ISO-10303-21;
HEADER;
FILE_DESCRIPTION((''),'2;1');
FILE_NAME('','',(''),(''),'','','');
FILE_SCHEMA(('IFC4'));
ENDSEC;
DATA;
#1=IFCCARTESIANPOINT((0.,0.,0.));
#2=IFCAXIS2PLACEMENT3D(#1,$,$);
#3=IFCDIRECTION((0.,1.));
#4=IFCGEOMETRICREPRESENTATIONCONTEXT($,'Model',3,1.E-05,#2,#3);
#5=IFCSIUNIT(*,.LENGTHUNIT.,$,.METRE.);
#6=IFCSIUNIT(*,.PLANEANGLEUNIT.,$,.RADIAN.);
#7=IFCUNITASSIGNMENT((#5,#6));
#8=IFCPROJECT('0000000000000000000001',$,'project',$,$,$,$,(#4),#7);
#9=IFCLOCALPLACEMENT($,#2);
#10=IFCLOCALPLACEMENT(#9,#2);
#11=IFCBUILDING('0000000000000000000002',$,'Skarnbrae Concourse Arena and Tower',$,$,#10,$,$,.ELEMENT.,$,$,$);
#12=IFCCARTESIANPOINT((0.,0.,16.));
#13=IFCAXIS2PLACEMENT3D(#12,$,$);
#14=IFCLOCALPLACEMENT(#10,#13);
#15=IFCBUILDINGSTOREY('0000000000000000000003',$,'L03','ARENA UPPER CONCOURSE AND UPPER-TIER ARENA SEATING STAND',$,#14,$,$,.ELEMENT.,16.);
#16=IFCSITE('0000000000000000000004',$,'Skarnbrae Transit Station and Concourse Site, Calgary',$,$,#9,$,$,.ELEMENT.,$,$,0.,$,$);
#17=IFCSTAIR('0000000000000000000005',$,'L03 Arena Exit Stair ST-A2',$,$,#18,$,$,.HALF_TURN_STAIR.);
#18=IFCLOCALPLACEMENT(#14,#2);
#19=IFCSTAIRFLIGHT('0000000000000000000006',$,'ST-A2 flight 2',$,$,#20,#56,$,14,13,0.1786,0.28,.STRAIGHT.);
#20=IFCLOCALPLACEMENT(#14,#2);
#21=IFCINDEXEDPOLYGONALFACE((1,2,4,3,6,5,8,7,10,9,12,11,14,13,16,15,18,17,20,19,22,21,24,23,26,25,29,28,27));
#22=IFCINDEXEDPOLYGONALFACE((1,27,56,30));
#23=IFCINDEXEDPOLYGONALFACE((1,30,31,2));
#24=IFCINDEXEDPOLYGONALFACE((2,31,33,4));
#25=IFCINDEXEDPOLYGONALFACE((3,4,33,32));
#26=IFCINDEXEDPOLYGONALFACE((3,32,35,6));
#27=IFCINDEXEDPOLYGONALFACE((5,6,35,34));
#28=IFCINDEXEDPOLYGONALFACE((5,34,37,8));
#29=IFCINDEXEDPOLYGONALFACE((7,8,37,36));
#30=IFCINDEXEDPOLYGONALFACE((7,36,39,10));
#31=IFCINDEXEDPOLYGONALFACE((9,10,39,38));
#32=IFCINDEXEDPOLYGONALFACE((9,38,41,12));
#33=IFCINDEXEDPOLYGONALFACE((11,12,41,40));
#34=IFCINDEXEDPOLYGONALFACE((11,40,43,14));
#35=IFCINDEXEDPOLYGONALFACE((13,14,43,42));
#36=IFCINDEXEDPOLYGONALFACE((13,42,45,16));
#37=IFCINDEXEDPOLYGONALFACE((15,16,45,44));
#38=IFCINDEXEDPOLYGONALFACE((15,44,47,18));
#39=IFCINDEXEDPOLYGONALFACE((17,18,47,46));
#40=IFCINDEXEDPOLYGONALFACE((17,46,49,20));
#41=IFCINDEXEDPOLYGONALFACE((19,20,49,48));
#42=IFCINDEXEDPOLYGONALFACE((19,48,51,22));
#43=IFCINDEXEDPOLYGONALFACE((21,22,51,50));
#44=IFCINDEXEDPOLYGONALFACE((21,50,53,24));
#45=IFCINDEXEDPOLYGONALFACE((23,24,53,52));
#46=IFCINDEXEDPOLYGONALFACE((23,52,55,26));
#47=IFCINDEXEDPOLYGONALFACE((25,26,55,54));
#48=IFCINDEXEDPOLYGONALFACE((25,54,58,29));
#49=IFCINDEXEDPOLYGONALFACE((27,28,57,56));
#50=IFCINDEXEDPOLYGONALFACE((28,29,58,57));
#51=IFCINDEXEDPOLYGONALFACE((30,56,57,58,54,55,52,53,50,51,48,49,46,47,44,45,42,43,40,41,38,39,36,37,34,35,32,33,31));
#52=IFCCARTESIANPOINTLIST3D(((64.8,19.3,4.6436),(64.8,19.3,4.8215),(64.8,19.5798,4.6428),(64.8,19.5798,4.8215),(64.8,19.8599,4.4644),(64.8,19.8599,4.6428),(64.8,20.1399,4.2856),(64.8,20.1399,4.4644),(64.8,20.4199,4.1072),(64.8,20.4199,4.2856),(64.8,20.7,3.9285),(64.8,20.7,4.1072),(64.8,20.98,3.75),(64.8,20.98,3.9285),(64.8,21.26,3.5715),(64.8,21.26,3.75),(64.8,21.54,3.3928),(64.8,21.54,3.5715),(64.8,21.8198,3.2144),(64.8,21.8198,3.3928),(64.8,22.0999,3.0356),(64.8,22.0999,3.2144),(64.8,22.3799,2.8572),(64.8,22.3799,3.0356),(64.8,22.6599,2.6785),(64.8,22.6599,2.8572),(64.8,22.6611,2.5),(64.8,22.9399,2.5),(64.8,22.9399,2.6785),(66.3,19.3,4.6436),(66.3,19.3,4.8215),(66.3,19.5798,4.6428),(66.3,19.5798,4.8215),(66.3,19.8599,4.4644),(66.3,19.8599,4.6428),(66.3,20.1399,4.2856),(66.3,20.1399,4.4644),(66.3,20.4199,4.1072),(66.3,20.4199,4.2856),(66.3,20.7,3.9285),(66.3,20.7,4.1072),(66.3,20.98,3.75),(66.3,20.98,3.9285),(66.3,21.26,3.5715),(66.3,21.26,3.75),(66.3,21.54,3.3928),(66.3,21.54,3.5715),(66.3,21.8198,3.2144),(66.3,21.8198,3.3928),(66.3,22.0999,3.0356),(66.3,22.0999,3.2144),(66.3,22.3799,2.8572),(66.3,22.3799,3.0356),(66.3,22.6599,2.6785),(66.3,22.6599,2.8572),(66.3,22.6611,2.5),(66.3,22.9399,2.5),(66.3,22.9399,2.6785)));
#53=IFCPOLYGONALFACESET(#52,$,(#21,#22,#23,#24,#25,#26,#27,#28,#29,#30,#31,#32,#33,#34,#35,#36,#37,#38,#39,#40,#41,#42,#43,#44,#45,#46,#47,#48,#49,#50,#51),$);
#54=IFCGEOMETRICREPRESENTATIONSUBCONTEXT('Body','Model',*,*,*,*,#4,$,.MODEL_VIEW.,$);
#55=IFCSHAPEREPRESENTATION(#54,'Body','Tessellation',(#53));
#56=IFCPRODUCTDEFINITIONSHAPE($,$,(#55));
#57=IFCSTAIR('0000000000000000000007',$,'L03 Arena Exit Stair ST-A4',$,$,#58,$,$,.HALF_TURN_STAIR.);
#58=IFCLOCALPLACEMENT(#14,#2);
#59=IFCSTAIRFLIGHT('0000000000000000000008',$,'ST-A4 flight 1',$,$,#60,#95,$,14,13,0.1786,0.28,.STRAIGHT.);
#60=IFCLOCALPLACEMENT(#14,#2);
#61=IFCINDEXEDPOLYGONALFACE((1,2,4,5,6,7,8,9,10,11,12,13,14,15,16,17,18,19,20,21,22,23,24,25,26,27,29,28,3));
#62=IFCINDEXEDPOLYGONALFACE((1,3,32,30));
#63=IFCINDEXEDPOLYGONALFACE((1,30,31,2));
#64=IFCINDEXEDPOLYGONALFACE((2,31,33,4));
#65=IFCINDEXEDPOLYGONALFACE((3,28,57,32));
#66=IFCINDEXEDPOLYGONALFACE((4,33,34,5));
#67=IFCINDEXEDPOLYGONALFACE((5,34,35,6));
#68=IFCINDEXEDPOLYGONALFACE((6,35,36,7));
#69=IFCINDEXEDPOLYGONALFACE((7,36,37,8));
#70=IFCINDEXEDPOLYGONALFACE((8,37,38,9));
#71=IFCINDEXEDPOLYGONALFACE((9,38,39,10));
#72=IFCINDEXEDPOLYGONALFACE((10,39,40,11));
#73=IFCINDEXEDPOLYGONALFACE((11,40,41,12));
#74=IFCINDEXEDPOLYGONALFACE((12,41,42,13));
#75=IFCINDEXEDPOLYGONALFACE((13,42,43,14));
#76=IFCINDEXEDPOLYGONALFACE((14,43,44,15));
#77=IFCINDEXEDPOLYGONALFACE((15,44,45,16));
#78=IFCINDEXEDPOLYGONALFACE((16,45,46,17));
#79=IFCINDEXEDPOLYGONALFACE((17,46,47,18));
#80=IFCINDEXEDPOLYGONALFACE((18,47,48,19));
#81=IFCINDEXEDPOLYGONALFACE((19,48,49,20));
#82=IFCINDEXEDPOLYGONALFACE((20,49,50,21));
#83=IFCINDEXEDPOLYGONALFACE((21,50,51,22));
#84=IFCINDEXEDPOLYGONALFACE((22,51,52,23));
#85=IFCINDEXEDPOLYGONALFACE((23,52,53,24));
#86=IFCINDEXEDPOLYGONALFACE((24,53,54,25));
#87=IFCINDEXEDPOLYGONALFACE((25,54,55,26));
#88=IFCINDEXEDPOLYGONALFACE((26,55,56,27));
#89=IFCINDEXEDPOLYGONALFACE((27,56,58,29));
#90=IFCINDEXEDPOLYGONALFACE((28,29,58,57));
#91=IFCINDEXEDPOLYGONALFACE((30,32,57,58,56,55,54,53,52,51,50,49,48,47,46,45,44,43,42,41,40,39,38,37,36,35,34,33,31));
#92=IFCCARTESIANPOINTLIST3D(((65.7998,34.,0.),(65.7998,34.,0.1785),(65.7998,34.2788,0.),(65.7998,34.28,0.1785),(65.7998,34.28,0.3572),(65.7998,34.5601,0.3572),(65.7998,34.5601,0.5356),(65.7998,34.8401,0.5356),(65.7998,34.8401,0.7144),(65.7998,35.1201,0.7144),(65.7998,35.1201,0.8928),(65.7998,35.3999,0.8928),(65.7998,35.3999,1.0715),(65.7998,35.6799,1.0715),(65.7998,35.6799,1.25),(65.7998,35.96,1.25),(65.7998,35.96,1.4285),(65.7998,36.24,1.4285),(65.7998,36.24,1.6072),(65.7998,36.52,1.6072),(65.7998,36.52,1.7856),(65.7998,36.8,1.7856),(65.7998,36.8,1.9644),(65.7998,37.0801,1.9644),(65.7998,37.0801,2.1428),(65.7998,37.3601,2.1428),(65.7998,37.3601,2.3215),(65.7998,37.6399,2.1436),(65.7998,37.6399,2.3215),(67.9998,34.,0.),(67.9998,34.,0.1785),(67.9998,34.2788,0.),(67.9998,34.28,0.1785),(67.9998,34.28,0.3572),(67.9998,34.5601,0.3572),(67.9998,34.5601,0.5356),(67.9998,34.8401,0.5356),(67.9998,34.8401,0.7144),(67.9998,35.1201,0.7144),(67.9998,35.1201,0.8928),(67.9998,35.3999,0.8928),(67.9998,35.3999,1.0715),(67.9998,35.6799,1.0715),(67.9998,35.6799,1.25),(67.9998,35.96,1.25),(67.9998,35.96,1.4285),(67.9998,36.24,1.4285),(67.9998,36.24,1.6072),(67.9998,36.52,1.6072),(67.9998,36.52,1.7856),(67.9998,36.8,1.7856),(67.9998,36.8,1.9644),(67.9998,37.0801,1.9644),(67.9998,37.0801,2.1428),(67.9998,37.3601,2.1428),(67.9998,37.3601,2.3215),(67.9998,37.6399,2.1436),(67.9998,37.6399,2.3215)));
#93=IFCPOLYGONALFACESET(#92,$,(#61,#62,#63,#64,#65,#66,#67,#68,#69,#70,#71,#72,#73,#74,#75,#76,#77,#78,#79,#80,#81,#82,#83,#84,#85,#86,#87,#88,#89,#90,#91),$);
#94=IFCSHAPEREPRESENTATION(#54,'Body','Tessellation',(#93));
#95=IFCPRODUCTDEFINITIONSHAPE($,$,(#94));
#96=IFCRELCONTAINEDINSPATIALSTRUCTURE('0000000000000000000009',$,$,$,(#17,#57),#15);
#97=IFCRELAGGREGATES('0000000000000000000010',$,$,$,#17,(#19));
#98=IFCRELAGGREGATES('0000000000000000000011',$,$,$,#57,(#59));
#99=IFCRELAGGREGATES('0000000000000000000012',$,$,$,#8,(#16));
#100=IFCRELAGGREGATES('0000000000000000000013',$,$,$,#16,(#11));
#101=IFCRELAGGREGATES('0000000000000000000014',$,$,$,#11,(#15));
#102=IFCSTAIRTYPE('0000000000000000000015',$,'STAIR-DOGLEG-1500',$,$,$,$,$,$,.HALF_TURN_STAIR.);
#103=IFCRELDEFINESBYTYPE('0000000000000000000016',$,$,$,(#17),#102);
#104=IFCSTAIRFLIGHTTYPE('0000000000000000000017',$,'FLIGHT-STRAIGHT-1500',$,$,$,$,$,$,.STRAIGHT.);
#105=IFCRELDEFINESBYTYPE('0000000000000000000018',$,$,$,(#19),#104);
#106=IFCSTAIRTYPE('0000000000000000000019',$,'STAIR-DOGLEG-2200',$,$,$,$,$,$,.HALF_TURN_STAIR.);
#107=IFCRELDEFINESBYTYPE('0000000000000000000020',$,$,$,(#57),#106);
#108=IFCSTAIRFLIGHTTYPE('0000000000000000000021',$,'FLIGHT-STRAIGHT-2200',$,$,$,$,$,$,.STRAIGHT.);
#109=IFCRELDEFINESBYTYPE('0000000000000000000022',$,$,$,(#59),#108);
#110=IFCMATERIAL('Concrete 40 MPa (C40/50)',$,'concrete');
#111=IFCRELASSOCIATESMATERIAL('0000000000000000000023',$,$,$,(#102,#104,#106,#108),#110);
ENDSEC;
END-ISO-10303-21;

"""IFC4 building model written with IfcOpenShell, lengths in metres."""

from ifc_helpers import new_model, si_unit, direction, frame, origin, place, context, subcontext, project, spatial, polyline, outline, extrude, source, transform, mapped, material, type_object, element, aggregate, save


model = new_model("IFC4")

# Units and contexts
model_context = context("Model", 3, precision=1e-05, world=origin(), true_north=direction((0.0, 1.0)))
body_context = subcontext(model_context, "Body", "Model", "MODEL_VIEW")
ifc_project = project(units=[si_unit("LENGTHUNIT", "METRE"), si_unit("PLANEANGLEUNIT", "RADIAN")], contexts=[model_context])

# Site, building, storey
site_placement = place(None, origin())
site = spatial("IfcSite", under=ifc_project, at=site_placement, Name="Skarnbrae Transit Station and Concourse Site, Calgary", CompositionType="ELEMENT", RefElevation=0.0)
building_placement = place(site_placement, origin())
building = spatial("IfcBuilding", under=site, at=building_placement, Name="Skarnbrae Concourse Arena and Tower", CompositionType="ELEMENT")
storey_placement = place(building_placement, frame((0.0, 0.0, 16.0)))
storey = spatial("IfcBuildingStorey", under=building, at=storey_placement, Name="L03", Description="ARENA UPPER CONCOURSE AND UPPER-TIER ARENA SEATING STAND", CompositionType="ELEMENT", Elevation=16.0)

# Stairs, stair flights
ifc_material_1 = material(Name="Concrete 40 MPa (C40/50)", Category="concrete")
stair_type_1 = type_object("IfcStairType", Name="STAIR-DOGLEG-1500", PredefinedType="HALF_TURN_STAIR", material=ifc_material_1)
stair_1_placement = place(storey_placement, origin())
stair_1 = element("IfcStair", 1, at=stair_1_placement, inside=storey, type_object=stair_type_1, Name="L03 Arena Exit Stair ST-A2", PredefinedType="HALF_TURN_STAIR")
stair_flight_type_1 = type_object("IfcStairFlightType", Name="FLIGHT-STRAIGHT-1500", PredefinedType="STRAIGHT", material=ifc_material_1)
shared_shape_1 = source(origin(), body_context, "Body", "SweptSolid", [
    extrude(outline(polyline([(0.0, 0.0), (0.0, 0.1785), (0.28, 0.1785), (0.28, 0.3572), (0.5601, 0.3572), (0.5601, 0.5356), (0.8401, 0.5356), (0.8401, 0.7144), (1.1201, 0.7144), (1.1201, 0.8928), (1.3999, 0.8928), (1.3999, 1.0715), (1.6799, 1.0715), (1.6799, 1.25), (1.96, 1.25), (1.96, 1.4285), (2.24, 1.4285), (2.24, 1.6072), (2.52, 1.6072), (2.52, 1.7856), (2.8, 1.7856), (2.8, 1.9644), (3.0801, 1.9644), (3.0801, 2.1428), (3.3601, 2.1428), (3.3601, 2.3215), (3.6399, 2.3215), (3.6399, 2.5), (3.6399, 2.1436), (0.2788, 0.0), (0.0, 0.0)])), frame((0.0, 0.75, 0.0), z_axis=(0.0, -1.0, 0.0), x_axis=(1.0, 0.0, 0.0)), (0.0, 0.0, 1.0), 1.5),
])
stair_flight_1_placement = place(storey_placement, frame((65.55, 22.9399, 2.5), z_axis=(0.0, 0.0, 1.0), x_axis=(0.0, -1.0, 0.0)))
stair_flight_1 = element("IfcStairFlight", 2, at=stair_flight_1_placement, type_object=stair_flight_type_1, Name="ST-A2 flight 2", NumberOfRisers=14, NumberOfTreads=13, PredefinedType="STRAIGHT", RiserHeight=0.1786, TreadLength=0.28, context=body_context, shape_type="MappedRepresentation", body=[
    mapped(shared_shape_1, transform((0.0, 0.0, 0.0))),
])
aggregate(stair_1, [stair_flight_1])
stair_type_2 = type_object("IfcStairType", Name="STAIR-DOGLEG-2200", PredefinedType="HALF_TURN_STAIR", material=ifc_material_1)
stair_2_placement = place(storey_placement, origin())
stair_2 = element("IfcStair", 3, at=stair_2_placement, inside=storey, type_object=stair_type_2, Name="L03 Arena Exit Stair ST-A4", PredefinedType="HALF_TURN_STAIR")
stair_flight_type_2 = type_object("IfcStairFlightType", Name="FLIGHT-STRAIGHT-2200", PredefinedType="STRAIGHT", material=ifc_material_1)
shared_shape_2 = source(origin(), body_context, "Body", "SweptSolid", [
    extrude(outline(polyline([(0.0, 0.0), (0.0, 0.1785), (0.28, 0.1785), (0.28, 0.3572), (0.5601, 0.3572), (0.5601, 0.5356), (0.8401, 0.5356), (0.8401, 0.7144), (1.1201, 0.7144), (1.1201, 0.8928), (1.3999, 0.8928), (1.3999, 1.0715), (1.6799, 1.0715), (1.6799, 1.25), (1.96, 1.25), (1.96, 1.4285), (2.24, 1.4285), (2.24, 1.6072), (2.52, 1.6072), (2.52, 1.7856), (2.8, 1.7856), (2.8, 1.9644), (3.0801, 1.9644), (3.0801, 2.1428), (3.3601, 2.1428), (3.3601, 2.3215), (3.6399, 2.3215), (3.6399, 2.5), (3.6399, 2.1436), (0.2788, 0.0), (0.0, 0.0)])), frame((0.0, 1.1001, 0.0), z_axis=(0.0, -1.0, 0.0), x_axis=(1.0, 0.0, 0.0)), (0.0, 0.0, 1.0), 2.2),
])
stair_flight_2_placement = place(storey_placement, frame((66.8999, 34.0, 0.0), z_axis=(0.0, 0.0, 1.0), x_axis=(0.0, 1.0, 0.0)))
stair_flight_2 = element("IfcStairFlight", 4, at=stair_flight_2_placement, type_object=stair_flight_type_2, Name="ST-A4 flight 1", NumberOfRisers=14, NumberOfTreads=13, PredefinedType="STRAIGHT", RiserHeight=0.1786, TreadLength=0.28, context=body_context, shape_type="MappedRepresentation", body=[
    mapped(shared_shape_2, transform((0.0, 0.0, 0.0))),
])
aggregate(stair_2, [stair_flight_2])

save(model, "model.ifc")
